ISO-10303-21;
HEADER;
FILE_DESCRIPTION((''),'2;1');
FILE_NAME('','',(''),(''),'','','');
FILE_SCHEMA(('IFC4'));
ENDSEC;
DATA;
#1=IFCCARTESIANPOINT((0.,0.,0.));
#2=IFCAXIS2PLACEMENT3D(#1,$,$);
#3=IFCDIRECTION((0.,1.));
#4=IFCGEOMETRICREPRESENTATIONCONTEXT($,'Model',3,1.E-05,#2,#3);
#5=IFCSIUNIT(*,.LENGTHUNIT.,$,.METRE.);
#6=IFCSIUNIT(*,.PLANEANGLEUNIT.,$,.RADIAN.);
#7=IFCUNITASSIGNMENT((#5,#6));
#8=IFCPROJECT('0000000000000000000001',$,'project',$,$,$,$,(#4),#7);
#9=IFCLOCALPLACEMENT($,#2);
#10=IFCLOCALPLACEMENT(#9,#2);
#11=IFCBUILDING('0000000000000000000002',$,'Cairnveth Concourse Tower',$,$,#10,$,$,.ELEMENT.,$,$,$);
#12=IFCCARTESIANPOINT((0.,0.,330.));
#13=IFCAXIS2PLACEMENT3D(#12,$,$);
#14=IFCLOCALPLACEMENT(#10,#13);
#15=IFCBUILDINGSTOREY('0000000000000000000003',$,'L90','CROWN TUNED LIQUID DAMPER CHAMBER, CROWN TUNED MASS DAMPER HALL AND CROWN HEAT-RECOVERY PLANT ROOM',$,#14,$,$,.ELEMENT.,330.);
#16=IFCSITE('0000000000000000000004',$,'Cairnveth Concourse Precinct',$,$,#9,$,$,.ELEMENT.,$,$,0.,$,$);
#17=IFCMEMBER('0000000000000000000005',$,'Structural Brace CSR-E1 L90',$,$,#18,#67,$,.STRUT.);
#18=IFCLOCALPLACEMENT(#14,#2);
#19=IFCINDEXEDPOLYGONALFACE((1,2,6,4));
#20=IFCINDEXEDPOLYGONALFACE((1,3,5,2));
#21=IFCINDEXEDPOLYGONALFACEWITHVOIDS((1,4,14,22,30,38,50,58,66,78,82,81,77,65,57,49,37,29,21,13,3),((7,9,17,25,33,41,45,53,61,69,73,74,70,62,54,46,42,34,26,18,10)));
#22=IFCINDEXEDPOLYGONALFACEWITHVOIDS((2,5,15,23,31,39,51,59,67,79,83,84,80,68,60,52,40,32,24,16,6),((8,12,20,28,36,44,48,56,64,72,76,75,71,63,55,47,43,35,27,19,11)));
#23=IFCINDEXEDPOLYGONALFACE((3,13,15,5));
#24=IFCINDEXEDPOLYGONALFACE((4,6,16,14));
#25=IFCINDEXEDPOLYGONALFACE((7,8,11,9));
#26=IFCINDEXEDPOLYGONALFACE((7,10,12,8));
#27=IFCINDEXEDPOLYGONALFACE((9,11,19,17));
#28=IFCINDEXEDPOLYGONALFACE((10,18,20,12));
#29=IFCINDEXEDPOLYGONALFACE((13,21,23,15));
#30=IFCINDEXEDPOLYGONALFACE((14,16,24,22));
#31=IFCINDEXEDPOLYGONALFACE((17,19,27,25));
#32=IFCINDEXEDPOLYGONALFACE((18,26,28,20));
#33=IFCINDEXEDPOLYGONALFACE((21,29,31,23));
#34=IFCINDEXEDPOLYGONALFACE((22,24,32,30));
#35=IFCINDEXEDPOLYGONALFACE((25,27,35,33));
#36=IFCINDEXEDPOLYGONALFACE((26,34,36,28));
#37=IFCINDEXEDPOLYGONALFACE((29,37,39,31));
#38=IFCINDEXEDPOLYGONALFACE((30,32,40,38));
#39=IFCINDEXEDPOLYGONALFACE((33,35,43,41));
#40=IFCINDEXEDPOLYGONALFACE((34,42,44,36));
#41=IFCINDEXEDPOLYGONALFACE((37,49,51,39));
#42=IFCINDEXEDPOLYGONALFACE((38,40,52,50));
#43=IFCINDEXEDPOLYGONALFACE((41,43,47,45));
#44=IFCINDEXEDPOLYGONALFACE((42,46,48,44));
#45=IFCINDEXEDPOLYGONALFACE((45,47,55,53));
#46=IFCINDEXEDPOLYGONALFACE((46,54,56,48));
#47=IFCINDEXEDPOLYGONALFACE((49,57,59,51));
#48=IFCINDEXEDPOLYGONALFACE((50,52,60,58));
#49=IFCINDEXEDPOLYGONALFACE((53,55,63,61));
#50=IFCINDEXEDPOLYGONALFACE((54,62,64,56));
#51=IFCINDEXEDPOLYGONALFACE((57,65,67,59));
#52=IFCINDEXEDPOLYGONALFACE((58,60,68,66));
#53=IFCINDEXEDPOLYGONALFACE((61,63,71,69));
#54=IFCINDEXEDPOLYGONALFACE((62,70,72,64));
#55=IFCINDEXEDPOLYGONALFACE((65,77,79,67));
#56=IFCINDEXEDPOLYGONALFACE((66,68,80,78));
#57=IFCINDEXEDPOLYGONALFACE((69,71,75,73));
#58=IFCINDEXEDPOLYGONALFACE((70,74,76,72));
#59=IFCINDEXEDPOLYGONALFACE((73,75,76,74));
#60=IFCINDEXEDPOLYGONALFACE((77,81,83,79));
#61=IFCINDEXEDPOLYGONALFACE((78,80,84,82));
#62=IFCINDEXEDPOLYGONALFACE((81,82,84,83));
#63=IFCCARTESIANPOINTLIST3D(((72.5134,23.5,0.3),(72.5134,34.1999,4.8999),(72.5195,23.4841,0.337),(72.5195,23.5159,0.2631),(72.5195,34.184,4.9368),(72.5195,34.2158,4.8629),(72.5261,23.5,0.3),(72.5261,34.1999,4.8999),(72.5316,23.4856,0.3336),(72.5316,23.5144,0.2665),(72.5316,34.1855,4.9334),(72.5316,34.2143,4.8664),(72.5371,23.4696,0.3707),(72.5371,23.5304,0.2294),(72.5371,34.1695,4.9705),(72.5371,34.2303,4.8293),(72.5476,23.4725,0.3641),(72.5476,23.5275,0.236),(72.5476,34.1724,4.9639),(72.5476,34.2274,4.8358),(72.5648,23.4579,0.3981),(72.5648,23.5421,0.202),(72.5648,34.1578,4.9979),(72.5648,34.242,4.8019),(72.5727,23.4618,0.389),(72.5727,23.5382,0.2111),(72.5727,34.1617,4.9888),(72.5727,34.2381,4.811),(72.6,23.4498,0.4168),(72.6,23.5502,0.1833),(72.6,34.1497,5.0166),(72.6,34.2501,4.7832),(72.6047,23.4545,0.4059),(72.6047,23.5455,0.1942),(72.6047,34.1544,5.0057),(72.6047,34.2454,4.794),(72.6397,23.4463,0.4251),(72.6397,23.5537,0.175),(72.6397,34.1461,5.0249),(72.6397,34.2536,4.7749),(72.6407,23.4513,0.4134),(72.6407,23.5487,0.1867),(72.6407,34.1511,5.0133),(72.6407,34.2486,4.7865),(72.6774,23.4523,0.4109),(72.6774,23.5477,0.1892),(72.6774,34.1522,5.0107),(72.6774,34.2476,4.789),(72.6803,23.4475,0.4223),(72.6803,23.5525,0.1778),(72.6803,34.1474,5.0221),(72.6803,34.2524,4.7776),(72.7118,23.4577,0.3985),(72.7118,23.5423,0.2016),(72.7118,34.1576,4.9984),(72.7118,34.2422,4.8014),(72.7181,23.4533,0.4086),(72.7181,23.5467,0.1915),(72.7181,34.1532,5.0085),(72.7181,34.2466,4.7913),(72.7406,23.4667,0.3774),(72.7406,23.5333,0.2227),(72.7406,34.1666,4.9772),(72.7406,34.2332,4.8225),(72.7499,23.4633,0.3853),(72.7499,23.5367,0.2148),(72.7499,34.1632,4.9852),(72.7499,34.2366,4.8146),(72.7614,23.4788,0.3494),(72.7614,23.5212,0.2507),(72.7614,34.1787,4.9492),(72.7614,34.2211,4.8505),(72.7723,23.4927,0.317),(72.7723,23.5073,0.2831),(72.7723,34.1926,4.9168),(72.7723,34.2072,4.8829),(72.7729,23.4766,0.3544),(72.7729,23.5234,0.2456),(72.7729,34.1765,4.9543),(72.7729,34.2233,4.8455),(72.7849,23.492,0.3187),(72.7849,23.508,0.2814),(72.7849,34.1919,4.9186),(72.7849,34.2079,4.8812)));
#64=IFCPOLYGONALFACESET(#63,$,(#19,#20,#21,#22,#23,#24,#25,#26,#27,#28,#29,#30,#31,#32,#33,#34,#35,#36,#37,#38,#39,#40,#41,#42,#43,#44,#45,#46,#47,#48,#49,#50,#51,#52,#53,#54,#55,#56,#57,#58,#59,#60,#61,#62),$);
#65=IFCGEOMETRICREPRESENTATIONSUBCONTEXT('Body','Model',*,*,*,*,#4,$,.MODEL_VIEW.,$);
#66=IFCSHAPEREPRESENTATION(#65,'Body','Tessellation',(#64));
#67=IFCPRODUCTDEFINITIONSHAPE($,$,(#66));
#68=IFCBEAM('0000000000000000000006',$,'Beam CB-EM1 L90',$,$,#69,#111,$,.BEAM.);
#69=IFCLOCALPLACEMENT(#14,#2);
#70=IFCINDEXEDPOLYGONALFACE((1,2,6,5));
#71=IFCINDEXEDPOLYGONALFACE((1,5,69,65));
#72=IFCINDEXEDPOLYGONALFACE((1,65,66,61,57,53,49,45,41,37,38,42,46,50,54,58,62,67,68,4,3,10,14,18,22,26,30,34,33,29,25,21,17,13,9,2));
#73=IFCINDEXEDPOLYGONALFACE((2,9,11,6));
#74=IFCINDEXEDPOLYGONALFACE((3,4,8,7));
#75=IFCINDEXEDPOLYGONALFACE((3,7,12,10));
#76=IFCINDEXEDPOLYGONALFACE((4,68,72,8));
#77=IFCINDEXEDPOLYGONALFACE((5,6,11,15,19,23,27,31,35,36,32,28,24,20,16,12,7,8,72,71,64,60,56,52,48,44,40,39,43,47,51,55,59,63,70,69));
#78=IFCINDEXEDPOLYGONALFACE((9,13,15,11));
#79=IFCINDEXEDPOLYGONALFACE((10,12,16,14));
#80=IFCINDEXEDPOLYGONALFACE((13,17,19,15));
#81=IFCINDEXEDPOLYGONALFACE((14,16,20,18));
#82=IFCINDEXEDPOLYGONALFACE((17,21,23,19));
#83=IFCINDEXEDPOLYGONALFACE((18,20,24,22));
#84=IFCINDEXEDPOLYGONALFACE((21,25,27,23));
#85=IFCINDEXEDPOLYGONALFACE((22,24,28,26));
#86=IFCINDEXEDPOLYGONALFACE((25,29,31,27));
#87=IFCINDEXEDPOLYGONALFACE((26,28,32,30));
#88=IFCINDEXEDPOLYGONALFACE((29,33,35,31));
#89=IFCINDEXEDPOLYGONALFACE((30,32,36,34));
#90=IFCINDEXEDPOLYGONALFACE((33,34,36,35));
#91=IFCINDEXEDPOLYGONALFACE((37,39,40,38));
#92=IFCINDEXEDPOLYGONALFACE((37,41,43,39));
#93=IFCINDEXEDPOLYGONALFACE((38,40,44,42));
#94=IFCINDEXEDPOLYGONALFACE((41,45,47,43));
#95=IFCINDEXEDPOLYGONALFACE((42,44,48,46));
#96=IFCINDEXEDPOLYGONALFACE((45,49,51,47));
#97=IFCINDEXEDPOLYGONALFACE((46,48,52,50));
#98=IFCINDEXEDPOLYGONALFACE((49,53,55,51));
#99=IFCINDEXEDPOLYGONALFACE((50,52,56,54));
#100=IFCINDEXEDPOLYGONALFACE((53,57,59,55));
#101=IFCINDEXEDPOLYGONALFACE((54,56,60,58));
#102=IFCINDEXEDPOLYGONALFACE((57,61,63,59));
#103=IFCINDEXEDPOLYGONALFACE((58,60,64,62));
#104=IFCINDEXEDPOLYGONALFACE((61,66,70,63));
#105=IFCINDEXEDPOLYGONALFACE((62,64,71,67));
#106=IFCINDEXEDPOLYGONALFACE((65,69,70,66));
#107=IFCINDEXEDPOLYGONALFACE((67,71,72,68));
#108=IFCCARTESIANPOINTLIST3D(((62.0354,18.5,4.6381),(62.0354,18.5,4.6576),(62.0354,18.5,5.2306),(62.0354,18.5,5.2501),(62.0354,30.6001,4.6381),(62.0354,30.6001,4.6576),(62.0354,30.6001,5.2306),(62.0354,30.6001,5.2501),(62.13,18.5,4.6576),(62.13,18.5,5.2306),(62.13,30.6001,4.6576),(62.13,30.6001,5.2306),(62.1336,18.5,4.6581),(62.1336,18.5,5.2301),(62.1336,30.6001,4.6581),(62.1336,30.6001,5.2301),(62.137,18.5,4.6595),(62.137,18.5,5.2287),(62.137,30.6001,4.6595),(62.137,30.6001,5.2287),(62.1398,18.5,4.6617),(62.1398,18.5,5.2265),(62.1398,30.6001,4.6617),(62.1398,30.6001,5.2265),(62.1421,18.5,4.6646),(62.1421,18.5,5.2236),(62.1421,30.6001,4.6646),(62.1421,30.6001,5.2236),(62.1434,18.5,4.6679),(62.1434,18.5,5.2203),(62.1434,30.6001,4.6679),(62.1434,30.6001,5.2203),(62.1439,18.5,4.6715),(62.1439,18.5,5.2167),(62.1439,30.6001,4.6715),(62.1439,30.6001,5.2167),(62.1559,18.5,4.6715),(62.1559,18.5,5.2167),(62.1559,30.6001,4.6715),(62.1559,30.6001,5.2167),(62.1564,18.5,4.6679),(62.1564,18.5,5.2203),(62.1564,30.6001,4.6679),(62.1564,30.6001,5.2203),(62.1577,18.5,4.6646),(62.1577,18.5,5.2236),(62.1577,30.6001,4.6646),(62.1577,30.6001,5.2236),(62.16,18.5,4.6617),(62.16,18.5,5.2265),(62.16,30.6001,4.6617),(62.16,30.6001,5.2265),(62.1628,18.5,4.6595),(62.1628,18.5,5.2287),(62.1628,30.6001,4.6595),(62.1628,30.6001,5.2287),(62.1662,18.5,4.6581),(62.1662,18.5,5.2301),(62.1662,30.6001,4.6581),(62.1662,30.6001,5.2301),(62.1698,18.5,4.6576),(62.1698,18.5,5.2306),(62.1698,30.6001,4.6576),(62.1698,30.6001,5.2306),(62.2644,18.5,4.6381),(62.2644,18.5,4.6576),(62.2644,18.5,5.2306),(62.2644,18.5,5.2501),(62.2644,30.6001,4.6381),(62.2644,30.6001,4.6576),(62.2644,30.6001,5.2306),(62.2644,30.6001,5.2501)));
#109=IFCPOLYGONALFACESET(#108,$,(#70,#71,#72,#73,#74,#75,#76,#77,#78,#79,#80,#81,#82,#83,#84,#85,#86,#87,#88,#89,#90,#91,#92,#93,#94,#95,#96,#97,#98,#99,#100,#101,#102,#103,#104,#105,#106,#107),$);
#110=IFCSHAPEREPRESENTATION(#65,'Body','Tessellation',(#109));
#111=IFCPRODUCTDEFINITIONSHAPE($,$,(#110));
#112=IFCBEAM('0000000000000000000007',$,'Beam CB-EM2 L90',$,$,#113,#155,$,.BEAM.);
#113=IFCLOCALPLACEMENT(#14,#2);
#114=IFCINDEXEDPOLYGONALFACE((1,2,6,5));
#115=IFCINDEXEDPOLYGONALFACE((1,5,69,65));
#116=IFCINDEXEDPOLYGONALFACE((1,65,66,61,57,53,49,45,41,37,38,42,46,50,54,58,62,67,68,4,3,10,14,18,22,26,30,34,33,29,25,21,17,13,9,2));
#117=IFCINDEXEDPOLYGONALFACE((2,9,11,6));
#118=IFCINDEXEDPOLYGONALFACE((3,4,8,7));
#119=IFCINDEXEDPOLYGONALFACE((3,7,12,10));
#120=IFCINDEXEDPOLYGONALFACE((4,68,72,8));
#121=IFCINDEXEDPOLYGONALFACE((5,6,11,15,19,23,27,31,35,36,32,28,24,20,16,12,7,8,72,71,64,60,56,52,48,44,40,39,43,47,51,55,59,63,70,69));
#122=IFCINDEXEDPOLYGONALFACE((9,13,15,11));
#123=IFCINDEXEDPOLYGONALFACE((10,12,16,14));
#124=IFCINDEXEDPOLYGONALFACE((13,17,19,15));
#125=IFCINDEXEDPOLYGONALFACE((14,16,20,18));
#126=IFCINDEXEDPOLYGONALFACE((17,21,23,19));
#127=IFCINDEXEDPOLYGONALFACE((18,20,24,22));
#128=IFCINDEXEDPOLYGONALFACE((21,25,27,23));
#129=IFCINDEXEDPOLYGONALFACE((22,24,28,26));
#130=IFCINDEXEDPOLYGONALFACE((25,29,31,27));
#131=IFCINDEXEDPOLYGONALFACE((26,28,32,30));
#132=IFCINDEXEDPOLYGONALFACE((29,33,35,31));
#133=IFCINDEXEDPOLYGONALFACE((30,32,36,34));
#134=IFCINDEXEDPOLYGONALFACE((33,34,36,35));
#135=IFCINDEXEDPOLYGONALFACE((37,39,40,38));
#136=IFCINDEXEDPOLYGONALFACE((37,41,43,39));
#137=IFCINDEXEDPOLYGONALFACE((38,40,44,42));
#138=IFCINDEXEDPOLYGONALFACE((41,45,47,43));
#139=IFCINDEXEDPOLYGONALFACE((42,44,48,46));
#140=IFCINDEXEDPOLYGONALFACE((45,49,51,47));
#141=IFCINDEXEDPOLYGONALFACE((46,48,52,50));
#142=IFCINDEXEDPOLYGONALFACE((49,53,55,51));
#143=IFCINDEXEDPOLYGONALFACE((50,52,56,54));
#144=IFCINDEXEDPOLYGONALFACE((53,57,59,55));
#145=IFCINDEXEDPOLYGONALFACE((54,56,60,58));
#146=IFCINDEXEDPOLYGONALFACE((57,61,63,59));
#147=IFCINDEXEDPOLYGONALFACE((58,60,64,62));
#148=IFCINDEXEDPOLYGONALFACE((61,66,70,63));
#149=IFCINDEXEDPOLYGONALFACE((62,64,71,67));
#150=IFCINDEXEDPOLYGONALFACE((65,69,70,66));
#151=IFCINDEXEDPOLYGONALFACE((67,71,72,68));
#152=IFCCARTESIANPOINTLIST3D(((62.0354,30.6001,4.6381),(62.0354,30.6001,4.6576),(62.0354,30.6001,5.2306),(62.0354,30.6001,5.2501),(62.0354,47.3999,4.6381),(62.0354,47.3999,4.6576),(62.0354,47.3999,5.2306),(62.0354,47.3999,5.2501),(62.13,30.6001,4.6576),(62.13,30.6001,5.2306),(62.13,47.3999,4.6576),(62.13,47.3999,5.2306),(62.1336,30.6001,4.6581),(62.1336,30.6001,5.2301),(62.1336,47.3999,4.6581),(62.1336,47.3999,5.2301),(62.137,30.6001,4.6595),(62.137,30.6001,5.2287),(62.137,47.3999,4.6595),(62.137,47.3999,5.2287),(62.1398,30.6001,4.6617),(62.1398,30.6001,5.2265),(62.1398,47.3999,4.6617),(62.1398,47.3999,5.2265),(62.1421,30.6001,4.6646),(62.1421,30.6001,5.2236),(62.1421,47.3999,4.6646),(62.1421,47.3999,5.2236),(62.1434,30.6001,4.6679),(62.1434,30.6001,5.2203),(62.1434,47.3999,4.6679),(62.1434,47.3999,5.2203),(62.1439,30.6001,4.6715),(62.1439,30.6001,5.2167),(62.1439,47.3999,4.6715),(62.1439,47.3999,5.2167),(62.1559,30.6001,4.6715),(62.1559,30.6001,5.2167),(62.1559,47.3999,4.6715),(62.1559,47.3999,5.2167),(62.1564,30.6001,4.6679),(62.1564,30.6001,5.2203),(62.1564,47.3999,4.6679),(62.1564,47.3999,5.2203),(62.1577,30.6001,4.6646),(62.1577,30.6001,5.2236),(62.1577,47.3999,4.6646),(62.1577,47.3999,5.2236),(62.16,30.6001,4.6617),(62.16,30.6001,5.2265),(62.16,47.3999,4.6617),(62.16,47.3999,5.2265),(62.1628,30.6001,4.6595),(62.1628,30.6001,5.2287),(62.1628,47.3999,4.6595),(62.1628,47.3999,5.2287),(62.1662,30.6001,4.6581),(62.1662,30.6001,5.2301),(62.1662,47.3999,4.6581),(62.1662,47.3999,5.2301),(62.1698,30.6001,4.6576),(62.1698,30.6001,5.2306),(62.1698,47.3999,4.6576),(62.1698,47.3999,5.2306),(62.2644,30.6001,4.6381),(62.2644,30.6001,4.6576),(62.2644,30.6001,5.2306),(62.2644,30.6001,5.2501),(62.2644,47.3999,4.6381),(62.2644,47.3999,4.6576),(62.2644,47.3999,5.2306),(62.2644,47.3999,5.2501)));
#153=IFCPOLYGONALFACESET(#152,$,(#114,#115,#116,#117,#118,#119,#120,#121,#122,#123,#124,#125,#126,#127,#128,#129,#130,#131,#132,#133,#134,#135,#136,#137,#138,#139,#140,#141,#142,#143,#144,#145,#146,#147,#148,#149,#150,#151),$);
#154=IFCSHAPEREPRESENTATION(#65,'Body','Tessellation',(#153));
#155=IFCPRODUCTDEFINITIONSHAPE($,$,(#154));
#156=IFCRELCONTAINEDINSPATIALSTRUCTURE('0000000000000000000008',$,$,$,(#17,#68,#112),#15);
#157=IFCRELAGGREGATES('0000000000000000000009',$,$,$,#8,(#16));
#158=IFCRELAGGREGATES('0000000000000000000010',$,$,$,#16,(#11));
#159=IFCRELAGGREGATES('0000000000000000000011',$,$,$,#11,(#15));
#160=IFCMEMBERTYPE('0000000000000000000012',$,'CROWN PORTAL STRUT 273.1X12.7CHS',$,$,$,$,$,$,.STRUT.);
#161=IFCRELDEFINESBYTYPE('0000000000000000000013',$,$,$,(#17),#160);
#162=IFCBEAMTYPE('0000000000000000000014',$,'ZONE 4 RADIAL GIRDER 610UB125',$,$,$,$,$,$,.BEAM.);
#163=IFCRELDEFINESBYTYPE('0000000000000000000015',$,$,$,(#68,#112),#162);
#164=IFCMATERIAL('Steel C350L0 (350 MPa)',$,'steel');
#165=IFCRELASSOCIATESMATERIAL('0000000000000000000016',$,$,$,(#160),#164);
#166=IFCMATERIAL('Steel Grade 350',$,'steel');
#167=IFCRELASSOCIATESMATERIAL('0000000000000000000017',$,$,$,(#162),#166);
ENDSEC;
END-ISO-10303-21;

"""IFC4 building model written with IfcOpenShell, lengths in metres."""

from ifc_helpers import new_model, si_unit, direction, frame, origin, origin_2d, place, context, subcontext, project, spatial, hollow_circle, i_section, extrude, material, material_profile, profile_set, type_object, element, save


model = new_model("IFC4")

# Units and contexts
model_context = context("Model", 3, precision=1e-05, world=origin(), true_north=direction((0.0, 1.0)))
body_context = subcontext(model_context, "Body", "Model", "MODEL_VIEW")
ifc_project = project(units=[si_unit("LENGTHUNIT", "METRE"), si_unit("PLANEANGLEUNIT", "RADIAN")], contexts=[model_context])

# Site, building, storey
site_placement = place(None, origin())
site = spatial("IfcSite", under=ifc_project, at=site_placement, Name="Cairnveth Concourse Precinct", CompositionType="ELEMENT", RefElevation=0.0)
building_placement = place(site_placement, origin())
building = spatial("IfcBuilding", under=site, at=building_placement, Name="Cairnveth Concourse Tower", CompositionType="ELEMENT")
storey_placement = place(building_placement, frame((0.0, 0.0, 330.0)))
storey = spatial("IfcBuildingStorey", under=building, at=storey_placement, Name="L90", Description="CROWN TUNED LIQUID DAMPER CHAMBER, CROWN TUNED MASS DAMPER HALL AND CROWN HEAT-RECOVERY PLANT ROOM", CompositionType="ELEMENT", Elevation=330.0)

# Shared definitions
ifc_material_1 = material(Name="Steel Grade 350", Category="steel")

# Member
ifc_material_2 = material(Name="Steel C350L0 (350 MPa)", Category="steel")
ifc_material_profile_1 = material_profile(ifc_material_2, hollow_circle(Radius=0.1365, WallThickness=0.0127, at=origin_2d()), Name="273.1x12.7CHS")
ifc_profile_set_1 = profile_set([ifc_material_profile_1], Name="Steel C350L0 (350 MPa)")
member_type_1 = type_object("IfcMemberType", Name="CROWN PORTAL STRUT 273.1X12.7CHS", PredefinedType="STRUT", material=ifc_profile_set_1)
member_1_placement = place(storey_placement, frame((72.6499, 23.5, 0.3), z_axis=(0.0, 0.918704, 0.394946), x_axis=(-1.0, 0.0, 0.0)))
element("IfcMember", 1, at=member_1_placement, inside=storey, type_object=member_type_1, Name="Structural Brace CSR-E1 L90", PredefinedType="STRUT", context=body_context, shape_type="SweptSolid", body=[
    extrude(hollow_circle(Radius=0.1365, WallThickness=0.0127, at=origin_2d()), origin(), (0.0, 0.0, 1.0), 11.6467),
])

# Beams
ifc_material_profile_2 = material_profile(ifc_material_1, i_section(OverallWidth=0.229, OverallDepth=0.6121, WebThickness=0.012, FlangeThickness=0.0195, FilletRadius=0.0139, at=origin_2d()), Name="610UB125")
ifc_profile_set_2 = profile_set([ifc_material_profile_2], Name="Steel Grade 350")
beam_type_1 = type_object("IfcBeamType", Name="ZONE 4 RADIAL GIRDER 610UB125", PredefinedType="BEAM", material=ifc_profile_set_2)
beam_1_placement = place(storey_placement, frame((62.1499, 18.5, 4.9441), z_axis=(0.0, 1.0, 0.0), x_axis=(-1.0, 0.0, 0.0)))
element("IfcBeam", 2, at=beam_1_placement, inside=storey, type_object=beam_type_1, Name="Beam CB-EM1 L90", PredefinedType="BEAM", context=body_context, shape_type="SweptSolid", body=[
    extrude(i_section(OverallWidth=0.229, OverallDepth=0.6121, WebThickness=0.012, FlangeThickness=0.0195, FilletRadius=0.0139, at=origin_2d()), origin(), (0.0, 0.0, 1.0), 12.1001),
])
beam_2_placement = place(storey_placement, frame((62.1499, 30.6001, 4.9441), z_axis=(0.0, 1.0, 0.0), x_axis=(-1.0, 0.0, 0.0)))
element("IfcBeam", 3, at=beam_2_placement, inside=storey, type_object=beam_type_1, Name="Beam CB-EM2 L90", PredefinedType="BEAM", context=body_context, shape_type="SweptSolid", body=[
    extrude(i_section(OverallWidth=0.229, OverallDepth=0.6121, WebThickness=0.012, FlangeThickness=0.0195, FilletRadius=0.0139, at=origin_2d()), origin(), (0.0, 0.0, 1.0), 16.7998),
])

save(model, "model.ifc")
